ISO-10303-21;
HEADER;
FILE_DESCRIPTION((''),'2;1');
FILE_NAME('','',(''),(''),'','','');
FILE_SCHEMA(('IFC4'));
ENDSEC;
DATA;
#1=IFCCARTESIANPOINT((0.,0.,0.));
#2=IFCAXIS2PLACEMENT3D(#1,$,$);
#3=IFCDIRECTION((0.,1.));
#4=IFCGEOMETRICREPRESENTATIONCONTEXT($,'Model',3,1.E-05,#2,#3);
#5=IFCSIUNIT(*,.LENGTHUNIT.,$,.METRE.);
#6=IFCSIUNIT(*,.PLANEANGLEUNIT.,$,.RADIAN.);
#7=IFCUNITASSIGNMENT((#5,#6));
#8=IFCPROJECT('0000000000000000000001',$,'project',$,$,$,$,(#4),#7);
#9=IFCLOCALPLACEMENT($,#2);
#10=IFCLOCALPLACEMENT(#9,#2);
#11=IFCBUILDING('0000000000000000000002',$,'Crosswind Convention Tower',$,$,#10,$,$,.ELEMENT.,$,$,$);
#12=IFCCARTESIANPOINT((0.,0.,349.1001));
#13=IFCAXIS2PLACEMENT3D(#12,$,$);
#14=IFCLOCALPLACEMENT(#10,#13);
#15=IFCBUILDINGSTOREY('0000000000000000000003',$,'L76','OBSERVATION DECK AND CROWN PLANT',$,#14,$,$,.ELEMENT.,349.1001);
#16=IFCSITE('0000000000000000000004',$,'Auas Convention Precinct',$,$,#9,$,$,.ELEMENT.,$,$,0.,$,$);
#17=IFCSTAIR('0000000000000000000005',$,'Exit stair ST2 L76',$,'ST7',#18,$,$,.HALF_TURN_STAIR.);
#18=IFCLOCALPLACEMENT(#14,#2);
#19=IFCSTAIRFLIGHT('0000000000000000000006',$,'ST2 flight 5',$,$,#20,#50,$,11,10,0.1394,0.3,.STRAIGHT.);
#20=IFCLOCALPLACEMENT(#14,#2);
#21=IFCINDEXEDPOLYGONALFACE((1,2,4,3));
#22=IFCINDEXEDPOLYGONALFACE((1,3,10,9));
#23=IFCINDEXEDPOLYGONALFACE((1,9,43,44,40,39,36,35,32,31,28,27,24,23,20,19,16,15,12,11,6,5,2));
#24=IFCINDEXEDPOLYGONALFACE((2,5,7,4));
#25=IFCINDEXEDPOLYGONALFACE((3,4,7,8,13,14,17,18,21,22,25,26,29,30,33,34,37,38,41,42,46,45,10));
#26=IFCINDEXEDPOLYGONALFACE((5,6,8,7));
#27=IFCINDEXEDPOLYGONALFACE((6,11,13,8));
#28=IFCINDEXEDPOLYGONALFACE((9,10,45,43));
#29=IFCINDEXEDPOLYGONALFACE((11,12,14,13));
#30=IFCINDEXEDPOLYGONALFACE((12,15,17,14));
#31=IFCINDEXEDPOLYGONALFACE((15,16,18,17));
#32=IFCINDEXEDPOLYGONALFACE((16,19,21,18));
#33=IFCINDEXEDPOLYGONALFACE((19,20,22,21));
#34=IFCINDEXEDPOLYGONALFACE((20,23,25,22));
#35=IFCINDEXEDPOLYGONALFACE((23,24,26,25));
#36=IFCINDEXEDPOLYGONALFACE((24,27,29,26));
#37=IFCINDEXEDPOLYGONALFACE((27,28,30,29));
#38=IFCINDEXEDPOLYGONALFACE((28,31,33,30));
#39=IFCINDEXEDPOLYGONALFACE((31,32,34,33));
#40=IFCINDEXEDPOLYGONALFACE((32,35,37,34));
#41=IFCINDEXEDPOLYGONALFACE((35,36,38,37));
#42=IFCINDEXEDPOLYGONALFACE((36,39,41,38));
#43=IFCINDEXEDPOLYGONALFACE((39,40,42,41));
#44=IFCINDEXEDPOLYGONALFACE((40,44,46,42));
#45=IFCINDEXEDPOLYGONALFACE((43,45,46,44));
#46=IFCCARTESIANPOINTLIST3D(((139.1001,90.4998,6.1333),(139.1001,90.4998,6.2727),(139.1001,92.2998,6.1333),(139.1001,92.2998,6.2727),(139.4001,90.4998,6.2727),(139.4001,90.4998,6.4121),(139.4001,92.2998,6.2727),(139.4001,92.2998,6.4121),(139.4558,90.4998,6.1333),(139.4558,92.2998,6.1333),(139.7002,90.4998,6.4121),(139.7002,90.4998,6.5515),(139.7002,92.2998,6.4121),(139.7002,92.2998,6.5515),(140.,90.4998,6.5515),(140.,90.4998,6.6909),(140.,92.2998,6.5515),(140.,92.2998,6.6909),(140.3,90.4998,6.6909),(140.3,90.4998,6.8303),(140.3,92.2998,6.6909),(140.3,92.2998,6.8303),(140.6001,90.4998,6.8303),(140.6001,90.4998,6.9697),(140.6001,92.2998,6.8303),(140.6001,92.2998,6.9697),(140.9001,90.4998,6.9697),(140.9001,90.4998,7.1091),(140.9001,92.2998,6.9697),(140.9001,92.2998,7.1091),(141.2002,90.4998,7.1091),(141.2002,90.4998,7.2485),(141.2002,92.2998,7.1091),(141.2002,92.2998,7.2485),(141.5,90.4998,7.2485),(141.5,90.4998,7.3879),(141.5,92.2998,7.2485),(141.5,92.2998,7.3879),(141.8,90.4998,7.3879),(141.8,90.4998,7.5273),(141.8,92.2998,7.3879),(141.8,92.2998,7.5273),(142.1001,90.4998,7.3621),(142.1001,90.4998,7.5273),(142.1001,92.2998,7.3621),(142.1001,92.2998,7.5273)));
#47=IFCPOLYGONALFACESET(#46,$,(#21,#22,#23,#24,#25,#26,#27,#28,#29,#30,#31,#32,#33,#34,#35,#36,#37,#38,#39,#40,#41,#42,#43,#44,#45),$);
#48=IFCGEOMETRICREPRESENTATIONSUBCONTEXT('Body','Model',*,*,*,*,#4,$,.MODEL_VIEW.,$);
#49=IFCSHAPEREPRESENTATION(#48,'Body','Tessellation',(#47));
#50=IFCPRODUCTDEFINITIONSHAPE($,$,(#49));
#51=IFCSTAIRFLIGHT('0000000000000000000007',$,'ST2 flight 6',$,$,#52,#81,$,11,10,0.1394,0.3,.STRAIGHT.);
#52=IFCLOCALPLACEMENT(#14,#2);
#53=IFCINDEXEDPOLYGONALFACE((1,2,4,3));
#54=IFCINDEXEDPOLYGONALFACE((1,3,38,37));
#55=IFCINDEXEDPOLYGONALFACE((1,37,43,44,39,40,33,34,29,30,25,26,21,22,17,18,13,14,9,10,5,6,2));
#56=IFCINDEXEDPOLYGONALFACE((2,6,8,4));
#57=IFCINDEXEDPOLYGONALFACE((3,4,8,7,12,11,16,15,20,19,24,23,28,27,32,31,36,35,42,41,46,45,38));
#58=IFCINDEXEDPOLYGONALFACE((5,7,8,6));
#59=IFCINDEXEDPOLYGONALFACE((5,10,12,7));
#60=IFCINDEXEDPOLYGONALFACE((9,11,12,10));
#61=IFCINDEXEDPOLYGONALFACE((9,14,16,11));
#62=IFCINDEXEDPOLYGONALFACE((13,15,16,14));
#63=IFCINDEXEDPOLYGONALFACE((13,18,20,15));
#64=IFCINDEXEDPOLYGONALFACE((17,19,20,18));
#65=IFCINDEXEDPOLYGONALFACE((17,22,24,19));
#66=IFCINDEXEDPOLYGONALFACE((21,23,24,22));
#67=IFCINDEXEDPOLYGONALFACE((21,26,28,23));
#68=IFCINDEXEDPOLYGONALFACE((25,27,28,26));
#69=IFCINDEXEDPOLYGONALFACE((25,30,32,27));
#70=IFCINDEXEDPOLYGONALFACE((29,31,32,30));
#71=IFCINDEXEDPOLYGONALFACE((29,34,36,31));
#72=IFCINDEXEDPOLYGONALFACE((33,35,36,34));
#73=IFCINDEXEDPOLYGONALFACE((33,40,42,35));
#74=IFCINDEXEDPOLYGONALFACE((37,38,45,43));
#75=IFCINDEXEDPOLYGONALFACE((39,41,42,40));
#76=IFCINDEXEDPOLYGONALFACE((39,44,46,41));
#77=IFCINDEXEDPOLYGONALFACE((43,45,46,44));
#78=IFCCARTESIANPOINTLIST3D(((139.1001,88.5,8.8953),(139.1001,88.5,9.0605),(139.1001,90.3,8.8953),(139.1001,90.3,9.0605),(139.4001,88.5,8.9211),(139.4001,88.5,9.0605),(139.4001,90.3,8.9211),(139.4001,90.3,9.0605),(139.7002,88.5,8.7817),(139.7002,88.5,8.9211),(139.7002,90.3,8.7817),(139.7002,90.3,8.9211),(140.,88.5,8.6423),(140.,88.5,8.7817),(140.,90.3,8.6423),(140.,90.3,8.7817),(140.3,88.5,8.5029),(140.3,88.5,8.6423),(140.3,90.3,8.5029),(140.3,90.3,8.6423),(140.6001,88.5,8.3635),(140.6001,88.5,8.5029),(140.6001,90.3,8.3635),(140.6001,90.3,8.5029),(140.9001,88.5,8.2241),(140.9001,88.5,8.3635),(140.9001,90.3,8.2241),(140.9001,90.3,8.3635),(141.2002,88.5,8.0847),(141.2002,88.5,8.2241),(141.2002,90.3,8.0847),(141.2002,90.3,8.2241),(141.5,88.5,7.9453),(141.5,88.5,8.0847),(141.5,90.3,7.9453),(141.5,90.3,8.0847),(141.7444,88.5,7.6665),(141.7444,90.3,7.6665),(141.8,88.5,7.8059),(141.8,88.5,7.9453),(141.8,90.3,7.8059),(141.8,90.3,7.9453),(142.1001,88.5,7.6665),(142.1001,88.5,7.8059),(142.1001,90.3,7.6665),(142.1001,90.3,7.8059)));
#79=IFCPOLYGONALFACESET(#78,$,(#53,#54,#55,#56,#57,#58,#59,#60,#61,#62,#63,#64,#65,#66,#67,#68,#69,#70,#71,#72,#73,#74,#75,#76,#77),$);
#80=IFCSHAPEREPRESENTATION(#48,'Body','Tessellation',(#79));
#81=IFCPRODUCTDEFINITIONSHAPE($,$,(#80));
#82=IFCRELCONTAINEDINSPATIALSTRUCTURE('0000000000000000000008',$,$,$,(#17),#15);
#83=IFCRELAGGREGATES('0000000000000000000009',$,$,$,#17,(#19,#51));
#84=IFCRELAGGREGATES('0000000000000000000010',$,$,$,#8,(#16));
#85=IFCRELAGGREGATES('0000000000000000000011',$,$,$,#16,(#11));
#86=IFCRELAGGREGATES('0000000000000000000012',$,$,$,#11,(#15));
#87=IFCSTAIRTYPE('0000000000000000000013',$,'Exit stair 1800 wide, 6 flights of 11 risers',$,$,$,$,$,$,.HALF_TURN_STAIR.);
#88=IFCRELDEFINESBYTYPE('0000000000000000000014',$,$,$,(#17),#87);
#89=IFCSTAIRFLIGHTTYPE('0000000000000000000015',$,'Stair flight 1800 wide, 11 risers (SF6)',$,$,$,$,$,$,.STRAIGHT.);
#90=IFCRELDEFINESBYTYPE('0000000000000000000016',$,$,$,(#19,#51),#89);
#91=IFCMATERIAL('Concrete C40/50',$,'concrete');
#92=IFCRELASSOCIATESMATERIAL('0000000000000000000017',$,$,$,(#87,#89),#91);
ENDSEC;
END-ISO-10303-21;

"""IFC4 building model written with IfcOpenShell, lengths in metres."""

from ifc_helpers import new_model, si_unit, direction, frame, origin, place, context, subcontext, project, spatial, polyline, outline, extrude, material, type_object, element, aggregate, save


model = new_model("IFC4")

# Units and contexts
model_context = context("Model", 3, precision=1e-05, world=origin(), true_north=direction((0.0, 1.0)))
body_context = subcontext(model_context, "Body", "Model", "MODEL_VIEW")
ifc_project = project(units=[si_unit("LENGTHUNIT", "METRE"), si_unit("PLANEANGLEUNIT", "RADIAN")], contexts=[model_context])

# Site, building, storey
site_placement = place(None, origin())
site = spatial("IfcSite", under=ifc_project, at=site_placement, Name="Auas Convention Precinct", CompositionType="ELEMENT", RefElevation=0.0)
building_placement = place(site_placement, origin())
building = spatial("IfcBuilding", under=site, at=building_placement, Name="Crosswind Convention Tower", CompositionType="ELEMENT")
storey_placement = place(building_placement, frame((0.0, 0.0, 349.1001)))
storey = spatial("IfcBuildingStorey", under=building, at=storey_placement, Name="L76", Description="OBSERVATION DECK AND CROWN PLANT", CompositionType="ELEMENT", Elevation=349.1001)

# Stair, stair flights
ifc_material_1 = material(Name="Concrete C40/50", Category="concrete")
stair_type = type_object("IfcStairType", Name="Exit stair 1800 wide, 6 flights of 11 risers", PredefinedType="HALF_TURN_STAIR", material=ifc_material_1)
stair_placement = place(storey_placement, origin())
stair = element("IfcStair", 1, at=stair_placement, inside=storey, type_object=stair_type, Name="Exit stair ST2 L76", ObjectType="ST7", PredefinedType="HALF_TURN_STAIR")
stair_flight_type = type_object("IfcStairFlightType", Name="Stair flight 1800 wide, 11 risers (SF6)", PredefinedType="STRAIGHT", material=ifc_material_1)
stair_flight_1_placement = place(storey_placement, frame((139.1001, 91.3999, 6.1333), z_axis=(0.0, 0.0, 1.0), x_axis=(1.0, 0.0, 0.0)))
stair_flight_1 = element("IfcStairFlight", 2, at=stair_flight_1_placement, type_object=stair_flight_type, Name="ST2 flight 5", NumberOfRisers=11, NumberOfTreads=10, PredefinedType="STRAIGHT", RiserHeight=0.1394, TreadLength=0.3, context=body_context, shape_type="SweptSolid", body=[
    extrude(outline(polyline([(0.0, 0.0), (0.0, 0.1394), (0.3, 0.1394), (0.3, 0.2788), (0.6001, 0.2788), (0.6001, 0.4182), (0.8999, 0.4182), (0.8999, 0.5576), (1.2, 0.5576), (1.2, 0.697), (1.5, 0.697), (1.5, 0.8364), (1.8, 0.8364), (1.8, 0.9758), (2.1001, 0.9758), (2.1001, 1.1152), (2.3999, 1.1152), (2.3999, 1.2546), (2.7, 1.2546), (2.7, 1.394), (3.0, 1.394), (3.0, 1.5334), (3.0, 1.2288), (0.3557, 0.0), (0.0, 0.0)])), frame((0.0, 0.8999, 0.0), z_axis=(0.0, -1.0, 0.0), x_axis=(1.0, 0.0, 0.0)), (0.0, 0.0, 1.0), 1.8),
])
stair_flight_2_placement = place(storey_placement, frame((142.1001, 89.3999, 7.6665), z_axis=(0.0, 0.0, 1.0), x_axis=(-1.0, 0.0, 0.0)))
stair_flight_2 = element("IfcStairFlight", 3, at=stair_flight_2_placement, type_object=stair_flight_type, Name="ST2 flight 6", NumberOfRisers=11, NumberOfTreads=10, PredefinedType="STRAIGHT", RiserHeight=0.1394, TreadLength=0.3, context=body_context, shape_type="SweptSolid", body=[
    extrude(outline(polyline([(0.0, 0.0), (0.0, 0.1394), (0.3, 0.1394), (0.3, 0.2788), (0.6001, 0.2788), (0.6001, 0.4182), (0.8999, 0.4182), (0.8999, 0.5576), (1.2, 0.5576), (1.2, 0.697), (1.5, 0.697), (1.5, 0.8364), (1.8, 0.8364), (1.8, 0.9758), (2.1001, 0.9758), (2.1001, 1.1152), (2.3999, 1.1152), (2.3999, 1.2546), (2.7, 1.2546), (2.7, 1.394), (3.0, 1.394), (3.0, 1.5334), (3.0, 1.2288), (0.3557, 0.0), (0.0, 0.0)])), frame((0.0, 0.8999, 0.0), z_axis=(0.0, -1.0, 0.0), x_axis=(1.0, 0.0, 0.0)), (0.0, 0.0, 1.0), 1.8),
])
aggregate(stair, [stair_flight_1, stair_flight_2])

save(model, "model.ifc")
